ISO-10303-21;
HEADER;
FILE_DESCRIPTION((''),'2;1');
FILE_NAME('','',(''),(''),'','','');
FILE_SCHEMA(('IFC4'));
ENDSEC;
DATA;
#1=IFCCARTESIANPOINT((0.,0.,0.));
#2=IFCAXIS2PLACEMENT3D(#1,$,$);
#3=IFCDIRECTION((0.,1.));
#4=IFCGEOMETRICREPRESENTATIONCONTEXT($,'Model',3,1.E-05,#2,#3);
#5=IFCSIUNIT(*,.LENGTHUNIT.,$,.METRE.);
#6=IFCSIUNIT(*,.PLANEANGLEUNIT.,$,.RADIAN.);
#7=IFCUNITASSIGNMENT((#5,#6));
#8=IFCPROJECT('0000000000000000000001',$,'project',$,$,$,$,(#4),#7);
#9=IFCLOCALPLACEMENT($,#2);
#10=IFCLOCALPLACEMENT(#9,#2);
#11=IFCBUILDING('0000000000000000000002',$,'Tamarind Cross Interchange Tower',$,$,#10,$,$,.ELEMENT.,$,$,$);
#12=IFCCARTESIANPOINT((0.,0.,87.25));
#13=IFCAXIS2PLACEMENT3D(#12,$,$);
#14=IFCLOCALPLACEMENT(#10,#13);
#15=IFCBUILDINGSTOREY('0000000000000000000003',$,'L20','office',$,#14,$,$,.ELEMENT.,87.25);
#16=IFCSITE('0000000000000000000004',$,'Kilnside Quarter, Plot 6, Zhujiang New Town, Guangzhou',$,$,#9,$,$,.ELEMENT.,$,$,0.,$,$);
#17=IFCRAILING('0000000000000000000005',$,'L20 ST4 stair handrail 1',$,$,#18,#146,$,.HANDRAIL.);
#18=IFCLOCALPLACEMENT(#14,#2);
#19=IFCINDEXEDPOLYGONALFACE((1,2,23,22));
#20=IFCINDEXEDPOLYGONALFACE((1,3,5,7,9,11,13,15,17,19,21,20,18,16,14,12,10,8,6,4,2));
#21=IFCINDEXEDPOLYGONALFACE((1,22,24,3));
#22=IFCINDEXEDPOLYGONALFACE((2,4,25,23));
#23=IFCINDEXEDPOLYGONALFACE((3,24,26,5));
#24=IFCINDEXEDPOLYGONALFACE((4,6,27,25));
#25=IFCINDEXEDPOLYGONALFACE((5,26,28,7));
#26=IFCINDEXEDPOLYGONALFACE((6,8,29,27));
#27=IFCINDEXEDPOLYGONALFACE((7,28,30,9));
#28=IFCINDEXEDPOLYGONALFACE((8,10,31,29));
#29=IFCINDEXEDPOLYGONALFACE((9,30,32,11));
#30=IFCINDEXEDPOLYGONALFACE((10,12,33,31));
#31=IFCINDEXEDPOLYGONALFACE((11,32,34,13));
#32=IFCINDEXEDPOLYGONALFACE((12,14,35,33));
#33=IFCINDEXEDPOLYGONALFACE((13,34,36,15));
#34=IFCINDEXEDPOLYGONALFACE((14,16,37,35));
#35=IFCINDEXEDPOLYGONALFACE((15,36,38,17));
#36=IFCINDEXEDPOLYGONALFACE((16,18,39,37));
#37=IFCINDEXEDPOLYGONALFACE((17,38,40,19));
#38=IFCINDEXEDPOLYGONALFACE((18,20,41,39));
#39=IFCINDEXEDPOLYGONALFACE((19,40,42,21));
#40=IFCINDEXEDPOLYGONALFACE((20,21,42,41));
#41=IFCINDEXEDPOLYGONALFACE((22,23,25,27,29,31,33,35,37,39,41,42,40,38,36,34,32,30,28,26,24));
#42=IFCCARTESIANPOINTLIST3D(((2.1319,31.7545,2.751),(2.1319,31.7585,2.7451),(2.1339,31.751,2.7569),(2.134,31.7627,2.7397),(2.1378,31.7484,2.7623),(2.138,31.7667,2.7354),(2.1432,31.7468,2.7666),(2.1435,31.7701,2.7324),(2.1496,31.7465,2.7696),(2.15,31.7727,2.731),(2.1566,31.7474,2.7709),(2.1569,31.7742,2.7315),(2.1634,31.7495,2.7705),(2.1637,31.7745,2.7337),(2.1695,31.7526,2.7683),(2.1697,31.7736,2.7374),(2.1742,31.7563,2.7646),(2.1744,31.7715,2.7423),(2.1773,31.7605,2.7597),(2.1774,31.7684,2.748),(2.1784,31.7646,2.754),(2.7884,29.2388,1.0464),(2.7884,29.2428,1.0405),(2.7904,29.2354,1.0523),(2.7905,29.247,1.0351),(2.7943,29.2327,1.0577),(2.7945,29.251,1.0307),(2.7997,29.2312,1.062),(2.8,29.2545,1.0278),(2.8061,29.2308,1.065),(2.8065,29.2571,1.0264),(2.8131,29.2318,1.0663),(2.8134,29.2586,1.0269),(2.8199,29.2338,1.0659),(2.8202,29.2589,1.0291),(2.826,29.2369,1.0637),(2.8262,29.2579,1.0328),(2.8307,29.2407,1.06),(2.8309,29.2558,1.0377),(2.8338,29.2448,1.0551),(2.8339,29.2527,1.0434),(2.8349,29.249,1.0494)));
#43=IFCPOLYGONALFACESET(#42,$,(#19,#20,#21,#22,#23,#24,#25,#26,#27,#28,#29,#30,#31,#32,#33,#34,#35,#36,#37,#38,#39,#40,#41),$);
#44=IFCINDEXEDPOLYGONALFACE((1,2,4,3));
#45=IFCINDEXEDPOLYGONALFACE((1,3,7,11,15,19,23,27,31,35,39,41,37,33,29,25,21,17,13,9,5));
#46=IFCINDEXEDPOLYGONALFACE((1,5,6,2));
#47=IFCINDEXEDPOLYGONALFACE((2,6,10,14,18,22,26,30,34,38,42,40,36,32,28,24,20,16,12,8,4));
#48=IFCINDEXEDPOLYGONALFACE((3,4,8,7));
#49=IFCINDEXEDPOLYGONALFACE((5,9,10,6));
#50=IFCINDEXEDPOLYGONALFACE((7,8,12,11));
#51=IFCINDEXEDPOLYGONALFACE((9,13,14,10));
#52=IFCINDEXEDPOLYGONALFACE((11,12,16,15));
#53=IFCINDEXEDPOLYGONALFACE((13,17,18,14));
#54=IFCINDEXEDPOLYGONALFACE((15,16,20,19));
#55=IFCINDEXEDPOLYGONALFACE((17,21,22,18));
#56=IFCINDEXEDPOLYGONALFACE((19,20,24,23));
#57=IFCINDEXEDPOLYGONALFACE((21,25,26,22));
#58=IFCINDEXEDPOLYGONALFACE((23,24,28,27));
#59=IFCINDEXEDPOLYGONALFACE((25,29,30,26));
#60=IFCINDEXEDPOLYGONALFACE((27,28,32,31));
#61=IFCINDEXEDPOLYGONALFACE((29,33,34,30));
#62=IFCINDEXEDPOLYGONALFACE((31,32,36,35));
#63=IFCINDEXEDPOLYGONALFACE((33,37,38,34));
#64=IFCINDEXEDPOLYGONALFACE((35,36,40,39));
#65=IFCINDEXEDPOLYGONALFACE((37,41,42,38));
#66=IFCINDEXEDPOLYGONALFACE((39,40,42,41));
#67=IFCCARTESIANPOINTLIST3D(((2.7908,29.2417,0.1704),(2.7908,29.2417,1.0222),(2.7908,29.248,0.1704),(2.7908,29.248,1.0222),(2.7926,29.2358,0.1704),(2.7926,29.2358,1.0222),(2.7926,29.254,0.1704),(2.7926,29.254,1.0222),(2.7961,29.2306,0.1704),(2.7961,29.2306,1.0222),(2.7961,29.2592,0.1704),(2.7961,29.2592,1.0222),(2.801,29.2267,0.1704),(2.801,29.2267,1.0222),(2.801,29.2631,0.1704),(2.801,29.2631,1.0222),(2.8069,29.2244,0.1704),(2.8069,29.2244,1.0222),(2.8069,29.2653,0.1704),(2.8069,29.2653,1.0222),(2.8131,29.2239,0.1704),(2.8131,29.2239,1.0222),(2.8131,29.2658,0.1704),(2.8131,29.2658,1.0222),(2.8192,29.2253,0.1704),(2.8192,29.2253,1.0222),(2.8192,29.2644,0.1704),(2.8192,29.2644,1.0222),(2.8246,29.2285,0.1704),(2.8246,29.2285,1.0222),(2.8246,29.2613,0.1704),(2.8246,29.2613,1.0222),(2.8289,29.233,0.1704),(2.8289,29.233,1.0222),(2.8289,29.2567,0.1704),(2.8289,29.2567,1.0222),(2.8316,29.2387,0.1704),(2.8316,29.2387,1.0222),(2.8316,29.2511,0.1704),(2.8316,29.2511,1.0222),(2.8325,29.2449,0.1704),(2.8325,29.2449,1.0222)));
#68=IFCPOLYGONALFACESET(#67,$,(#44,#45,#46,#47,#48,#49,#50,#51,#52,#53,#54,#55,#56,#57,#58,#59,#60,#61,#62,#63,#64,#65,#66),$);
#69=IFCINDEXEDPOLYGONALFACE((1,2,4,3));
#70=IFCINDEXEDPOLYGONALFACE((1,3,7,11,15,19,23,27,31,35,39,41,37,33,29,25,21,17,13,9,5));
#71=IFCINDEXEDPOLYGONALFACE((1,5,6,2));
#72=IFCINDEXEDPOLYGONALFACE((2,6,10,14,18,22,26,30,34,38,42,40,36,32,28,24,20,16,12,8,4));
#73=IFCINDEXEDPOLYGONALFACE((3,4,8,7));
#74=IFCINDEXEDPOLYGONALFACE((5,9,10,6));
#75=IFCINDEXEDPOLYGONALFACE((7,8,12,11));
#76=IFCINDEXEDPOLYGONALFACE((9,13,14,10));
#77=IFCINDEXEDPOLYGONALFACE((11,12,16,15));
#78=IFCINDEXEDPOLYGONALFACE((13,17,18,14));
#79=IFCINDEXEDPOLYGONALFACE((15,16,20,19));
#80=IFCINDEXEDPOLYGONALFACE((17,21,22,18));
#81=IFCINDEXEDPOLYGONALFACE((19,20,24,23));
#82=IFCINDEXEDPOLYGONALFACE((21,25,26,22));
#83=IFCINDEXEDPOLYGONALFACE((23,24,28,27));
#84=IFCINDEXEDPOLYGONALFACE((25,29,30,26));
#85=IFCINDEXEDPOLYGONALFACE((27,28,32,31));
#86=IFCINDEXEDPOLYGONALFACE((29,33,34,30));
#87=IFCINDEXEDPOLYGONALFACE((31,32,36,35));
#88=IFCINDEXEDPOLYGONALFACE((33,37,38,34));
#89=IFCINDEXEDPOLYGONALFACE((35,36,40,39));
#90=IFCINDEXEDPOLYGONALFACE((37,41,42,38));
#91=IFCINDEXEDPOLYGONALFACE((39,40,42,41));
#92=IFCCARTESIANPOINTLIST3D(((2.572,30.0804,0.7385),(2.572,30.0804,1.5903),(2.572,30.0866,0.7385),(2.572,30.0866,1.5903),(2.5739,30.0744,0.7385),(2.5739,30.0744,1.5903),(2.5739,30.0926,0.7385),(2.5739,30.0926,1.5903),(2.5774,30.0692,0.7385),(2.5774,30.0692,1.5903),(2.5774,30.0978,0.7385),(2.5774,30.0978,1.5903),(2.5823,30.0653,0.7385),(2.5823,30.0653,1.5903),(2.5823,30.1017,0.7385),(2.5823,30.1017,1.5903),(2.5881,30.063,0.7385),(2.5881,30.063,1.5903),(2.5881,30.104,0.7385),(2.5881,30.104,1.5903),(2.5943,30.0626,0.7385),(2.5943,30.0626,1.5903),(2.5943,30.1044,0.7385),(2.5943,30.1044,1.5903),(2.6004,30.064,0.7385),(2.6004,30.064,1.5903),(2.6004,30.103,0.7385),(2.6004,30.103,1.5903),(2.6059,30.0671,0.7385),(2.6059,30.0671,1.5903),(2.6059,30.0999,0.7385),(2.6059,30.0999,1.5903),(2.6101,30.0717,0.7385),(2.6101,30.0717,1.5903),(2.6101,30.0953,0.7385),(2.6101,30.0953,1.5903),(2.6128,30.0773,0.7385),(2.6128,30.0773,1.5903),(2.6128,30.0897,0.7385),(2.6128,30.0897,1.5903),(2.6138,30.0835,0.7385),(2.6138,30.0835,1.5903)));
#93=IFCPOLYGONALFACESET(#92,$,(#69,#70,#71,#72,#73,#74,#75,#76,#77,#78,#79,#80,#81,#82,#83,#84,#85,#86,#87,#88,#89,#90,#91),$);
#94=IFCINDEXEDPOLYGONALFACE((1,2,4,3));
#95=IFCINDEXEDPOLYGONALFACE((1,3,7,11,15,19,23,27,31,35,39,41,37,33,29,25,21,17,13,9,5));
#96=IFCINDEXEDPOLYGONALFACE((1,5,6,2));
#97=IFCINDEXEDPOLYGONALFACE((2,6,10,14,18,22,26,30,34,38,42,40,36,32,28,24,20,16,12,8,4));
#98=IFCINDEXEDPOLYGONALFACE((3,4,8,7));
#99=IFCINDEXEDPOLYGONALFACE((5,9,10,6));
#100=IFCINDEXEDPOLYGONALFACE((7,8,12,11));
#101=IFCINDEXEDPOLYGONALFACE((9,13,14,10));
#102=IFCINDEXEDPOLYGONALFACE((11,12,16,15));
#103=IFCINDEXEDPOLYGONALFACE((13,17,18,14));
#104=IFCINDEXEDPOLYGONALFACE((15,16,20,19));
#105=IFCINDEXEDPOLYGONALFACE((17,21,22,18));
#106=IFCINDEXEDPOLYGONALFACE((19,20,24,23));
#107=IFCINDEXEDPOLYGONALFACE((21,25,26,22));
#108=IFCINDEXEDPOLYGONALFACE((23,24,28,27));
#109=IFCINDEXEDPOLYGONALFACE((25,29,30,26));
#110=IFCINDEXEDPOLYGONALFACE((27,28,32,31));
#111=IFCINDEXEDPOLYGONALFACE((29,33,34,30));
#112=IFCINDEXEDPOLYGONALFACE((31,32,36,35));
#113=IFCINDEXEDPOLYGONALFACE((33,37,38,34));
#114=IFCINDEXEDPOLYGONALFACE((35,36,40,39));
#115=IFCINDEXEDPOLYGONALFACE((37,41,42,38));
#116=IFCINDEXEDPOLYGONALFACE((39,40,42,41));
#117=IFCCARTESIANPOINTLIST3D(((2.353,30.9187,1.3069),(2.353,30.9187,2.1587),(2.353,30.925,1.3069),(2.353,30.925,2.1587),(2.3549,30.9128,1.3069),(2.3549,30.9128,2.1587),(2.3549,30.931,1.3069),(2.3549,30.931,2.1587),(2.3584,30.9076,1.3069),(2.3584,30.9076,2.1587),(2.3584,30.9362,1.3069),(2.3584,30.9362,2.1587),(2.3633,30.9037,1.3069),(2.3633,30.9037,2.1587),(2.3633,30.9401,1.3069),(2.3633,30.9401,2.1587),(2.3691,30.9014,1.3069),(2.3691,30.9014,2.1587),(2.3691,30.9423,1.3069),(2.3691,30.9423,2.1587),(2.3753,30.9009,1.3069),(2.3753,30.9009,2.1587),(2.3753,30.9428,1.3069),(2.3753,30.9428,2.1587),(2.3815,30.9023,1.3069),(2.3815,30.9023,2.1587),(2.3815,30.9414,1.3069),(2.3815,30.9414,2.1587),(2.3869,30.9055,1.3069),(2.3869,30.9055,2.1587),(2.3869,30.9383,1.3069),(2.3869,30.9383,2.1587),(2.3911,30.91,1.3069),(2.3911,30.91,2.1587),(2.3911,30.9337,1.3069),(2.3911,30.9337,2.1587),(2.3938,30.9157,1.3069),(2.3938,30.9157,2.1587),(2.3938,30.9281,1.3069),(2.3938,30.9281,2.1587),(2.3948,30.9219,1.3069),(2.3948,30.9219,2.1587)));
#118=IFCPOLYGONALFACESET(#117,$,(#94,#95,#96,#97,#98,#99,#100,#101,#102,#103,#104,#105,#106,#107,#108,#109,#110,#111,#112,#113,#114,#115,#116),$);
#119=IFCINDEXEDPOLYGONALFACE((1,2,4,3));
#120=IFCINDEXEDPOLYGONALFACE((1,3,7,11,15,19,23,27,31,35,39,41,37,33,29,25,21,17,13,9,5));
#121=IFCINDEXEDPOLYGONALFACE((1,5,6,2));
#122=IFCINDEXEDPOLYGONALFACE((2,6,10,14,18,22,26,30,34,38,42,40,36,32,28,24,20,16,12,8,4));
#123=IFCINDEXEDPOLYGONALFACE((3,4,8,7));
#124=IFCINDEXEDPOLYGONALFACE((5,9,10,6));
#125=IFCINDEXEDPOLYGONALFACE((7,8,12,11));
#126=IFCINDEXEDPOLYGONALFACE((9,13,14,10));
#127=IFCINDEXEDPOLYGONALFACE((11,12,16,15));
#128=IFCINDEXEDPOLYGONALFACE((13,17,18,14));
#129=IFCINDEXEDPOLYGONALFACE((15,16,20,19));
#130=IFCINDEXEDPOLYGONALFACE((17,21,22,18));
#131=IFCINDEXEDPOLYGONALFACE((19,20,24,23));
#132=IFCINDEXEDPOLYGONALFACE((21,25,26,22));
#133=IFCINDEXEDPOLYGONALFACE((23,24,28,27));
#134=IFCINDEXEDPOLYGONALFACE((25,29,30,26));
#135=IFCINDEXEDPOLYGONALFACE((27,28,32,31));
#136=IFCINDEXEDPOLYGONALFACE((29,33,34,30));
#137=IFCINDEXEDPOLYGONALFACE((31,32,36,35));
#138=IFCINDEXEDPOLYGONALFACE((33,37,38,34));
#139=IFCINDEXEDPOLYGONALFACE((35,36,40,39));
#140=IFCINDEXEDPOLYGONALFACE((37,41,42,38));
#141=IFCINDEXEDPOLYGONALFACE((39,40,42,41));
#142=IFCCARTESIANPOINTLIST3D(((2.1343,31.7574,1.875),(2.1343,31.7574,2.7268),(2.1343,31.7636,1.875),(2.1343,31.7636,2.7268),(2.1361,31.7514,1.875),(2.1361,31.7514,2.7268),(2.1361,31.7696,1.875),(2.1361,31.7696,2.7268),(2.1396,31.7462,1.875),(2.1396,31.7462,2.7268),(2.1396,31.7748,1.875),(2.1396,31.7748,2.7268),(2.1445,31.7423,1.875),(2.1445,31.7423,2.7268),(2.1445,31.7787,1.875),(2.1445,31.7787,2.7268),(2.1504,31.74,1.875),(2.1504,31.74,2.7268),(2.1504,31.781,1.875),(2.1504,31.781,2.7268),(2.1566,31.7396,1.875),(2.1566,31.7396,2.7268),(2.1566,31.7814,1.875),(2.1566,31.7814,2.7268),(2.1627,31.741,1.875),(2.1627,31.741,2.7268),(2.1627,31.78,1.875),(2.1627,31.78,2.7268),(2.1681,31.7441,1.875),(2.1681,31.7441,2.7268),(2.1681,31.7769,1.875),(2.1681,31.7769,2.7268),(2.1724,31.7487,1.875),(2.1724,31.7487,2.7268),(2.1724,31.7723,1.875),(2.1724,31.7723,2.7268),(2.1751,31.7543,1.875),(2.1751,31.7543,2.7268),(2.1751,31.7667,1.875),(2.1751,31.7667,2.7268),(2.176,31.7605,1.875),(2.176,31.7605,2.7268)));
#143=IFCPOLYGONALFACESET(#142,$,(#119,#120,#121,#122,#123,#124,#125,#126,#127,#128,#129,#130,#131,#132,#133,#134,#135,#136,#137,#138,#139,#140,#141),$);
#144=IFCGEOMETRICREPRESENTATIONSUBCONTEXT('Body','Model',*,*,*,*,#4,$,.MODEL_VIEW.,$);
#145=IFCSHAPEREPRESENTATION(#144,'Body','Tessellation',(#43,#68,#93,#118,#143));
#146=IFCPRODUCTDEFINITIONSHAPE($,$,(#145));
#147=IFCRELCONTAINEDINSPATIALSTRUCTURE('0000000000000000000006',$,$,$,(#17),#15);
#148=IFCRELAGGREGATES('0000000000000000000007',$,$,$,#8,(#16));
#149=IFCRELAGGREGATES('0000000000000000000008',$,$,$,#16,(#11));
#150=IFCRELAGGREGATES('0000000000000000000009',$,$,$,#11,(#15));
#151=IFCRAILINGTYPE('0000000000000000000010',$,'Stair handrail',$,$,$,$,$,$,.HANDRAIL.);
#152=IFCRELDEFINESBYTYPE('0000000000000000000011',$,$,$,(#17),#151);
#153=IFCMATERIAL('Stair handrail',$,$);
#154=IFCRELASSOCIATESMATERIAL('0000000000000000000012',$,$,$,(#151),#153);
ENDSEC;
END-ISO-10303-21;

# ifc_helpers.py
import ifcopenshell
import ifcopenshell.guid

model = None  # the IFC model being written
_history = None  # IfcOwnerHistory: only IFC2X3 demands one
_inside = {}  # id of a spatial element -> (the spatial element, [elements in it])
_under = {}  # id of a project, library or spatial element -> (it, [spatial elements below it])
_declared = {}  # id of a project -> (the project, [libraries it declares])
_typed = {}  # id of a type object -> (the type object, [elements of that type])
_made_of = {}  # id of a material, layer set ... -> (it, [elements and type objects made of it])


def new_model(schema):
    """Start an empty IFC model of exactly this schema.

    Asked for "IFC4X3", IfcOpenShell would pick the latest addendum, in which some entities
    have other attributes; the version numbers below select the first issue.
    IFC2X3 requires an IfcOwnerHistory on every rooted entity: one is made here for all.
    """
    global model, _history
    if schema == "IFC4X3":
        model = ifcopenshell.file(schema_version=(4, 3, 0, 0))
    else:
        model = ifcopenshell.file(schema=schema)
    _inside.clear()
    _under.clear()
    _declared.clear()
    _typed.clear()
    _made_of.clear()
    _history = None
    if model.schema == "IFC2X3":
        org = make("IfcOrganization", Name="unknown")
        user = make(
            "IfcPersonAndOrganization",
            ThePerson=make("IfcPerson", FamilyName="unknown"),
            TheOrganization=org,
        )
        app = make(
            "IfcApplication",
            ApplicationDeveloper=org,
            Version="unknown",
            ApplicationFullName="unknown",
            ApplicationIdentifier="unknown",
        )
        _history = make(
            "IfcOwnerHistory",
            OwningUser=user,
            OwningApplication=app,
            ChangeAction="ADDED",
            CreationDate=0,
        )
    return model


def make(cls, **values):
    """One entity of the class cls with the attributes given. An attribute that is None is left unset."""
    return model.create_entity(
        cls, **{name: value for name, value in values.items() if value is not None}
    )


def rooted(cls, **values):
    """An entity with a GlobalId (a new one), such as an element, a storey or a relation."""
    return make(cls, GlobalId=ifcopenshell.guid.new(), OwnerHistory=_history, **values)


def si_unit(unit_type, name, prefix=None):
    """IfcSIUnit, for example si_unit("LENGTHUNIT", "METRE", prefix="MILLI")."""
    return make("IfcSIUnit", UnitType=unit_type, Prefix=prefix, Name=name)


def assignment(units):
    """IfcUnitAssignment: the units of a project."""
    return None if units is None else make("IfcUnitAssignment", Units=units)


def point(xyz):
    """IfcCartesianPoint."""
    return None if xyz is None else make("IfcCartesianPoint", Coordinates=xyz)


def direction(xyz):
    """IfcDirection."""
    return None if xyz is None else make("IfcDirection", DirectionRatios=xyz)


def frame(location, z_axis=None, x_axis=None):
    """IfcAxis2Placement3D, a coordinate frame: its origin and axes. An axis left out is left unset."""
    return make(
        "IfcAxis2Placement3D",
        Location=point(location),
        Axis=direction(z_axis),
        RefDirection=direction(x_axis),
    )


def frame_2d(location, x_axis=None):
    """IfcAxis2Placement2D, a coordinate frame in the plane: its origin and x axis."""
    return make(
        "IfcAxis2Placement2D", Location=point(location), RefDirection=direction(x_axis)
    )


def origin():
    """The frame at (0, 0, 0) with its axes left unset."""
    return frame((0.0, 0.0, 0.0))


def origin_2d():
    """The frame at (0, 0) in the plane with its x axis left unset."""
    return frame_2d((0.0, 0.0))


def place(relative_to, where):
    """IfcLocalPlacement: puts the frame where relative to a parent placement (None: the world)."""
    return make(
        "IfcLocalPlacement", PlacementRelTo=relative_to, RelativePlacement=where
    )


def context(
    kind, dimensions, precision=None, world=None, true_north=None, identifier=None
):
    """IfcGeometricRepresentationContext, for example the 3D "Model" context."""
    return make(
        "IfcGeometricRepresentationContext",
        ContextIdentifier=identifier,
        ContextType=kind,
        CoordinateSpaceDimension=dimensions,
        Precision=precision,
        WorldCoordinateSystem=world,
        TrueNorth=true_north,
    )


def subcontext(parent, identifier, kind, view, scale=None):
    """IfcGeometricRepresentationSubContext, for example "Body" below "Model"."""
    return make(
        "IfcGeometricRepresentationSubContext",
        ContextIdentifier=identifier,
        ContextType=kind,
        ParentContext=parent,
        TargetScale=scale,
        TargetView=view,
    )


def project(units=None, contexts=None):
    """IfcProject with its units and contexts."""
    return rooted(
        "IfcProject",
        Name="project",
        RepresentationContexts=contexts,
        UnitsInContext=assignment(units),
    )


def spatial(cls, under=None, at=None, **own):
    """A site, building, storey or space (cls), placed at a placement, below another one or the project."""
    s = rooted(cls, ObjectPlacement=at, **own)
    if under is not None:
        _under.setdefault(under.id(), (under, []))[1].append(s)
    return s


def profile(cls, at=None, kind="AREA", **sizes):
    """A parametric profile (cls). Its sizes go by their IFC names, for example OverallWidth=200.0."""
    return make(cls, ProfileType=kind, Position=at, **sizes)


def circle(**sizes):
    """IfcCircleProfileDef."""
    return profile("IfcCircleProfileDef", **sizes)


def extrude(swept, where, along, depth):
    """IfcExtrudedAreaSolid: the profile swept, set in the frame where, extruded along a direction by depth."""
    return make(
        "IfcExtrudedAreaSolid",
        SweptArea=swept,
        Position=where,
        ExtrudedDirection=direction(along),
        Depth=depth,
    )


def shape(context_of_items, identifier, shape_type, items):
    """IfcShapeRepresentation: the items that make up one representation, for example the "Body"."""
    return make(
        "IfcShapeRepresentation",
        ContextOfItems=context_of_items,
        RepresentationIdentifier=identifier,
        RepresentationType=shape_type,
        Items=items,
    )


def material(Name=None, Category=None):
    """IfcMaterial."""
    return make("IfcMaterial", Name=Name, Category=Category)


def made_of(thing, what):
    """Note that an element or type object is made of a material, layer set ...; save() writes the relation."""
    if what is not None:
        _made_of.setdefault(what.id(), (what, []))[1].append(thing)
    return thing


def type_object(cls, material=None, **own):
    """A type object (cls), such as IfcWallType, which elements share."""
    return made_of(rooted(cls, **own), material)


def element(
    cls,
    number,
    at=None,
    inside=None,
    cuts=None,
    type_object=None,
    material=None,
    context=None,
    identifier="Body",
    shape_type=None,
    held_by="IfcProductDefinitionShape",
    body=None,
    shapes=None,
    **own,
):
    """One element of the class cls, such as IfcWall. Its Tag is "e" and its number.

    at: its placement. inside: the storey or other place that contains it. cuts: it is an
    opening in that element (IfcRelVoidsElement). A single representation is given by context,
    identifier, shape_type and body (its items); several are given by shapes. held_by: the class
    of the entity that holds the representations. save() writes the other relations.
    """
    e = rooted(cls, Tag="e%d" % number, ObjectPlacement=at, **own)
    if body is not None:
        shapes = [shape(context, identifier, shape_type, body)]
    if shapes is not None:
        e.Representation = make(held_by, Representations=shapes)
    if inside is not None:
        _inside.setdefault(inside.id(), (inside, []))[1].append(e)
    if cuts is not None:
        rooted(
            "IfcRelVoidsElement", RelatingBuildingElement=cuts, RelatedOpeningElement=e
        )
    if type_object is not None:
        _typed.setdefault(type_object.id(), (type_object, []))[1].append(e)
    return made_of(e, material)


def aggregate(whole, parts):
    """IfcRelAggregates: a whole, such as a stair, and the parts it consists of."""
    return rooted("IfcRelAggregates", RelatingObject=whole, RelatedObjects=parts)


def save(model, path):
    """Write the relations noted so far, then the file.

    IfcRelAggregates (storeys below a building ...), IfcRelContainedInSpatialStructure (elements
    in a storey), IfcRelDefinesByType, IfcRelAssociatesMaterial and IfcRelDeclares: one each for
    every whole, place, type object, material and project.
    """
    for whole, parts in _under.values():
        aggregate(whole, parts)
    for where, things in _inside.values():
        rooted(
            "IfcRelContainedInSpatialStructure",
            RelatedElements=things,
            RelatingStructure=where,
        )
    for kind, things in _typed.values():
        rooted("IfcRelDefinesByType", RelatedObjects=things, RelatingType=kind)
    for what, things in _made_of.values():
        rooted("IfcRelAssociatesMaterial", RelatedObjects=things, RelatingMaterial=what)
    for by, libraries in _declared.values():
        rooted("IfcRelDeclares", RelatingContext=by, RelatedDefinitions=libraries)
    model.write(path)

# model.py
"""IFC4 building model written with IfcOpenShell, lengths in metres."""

from ifc_helpers import new_model, si_unit, direction, frame, origin, origin_2d, place, context, subcontext, project, spatial, circle, extrude, material, type_object, element, save


model = new_model("IFC4")

# Units and contexts
model_context = context("Model", 3, precision=1e-05, world=origin(), true_north=direction((0.0, 1.0)))
body_context = subcontext(model_context, "Body", "Model", "MODEL_VIEW")
ifc_project = project(units=[si_unit("LENGTHUNIT", "METRE"), si_unit("PLANEANGLEUNIT", "RADIAN")], contexts=[model_context])

# Site, building, storey
site_placement = place(None, origin())
site = spatial("IfcSite", under=ifc_project, at=site_placement, Name="Kilnside Quarter, Plot 6, Zhujiang New Town, Guangzhou", CompositionType="ELEMENT", RefElevation=0.0)
building_placement = place(site_placement, origin())
building = spatial("IfcBuilding", under=site, at=building_placement, Name="Tamarind Cross Interchange Tower", CompositionType="ELEMENT")
storey_placement = place(building_placement, frame((0.0, 0.0, 87.25)))
storey = spatial("IfcBuildingStorey", under=building, at=storey_placement, Name="L20", Description="office", CompositionType="ELEMENT", Elevation=87.25)

# Railing
ifc_material_1 = material(Name="Stair handrail")
railing_type_1 = type_object("IfcRailingType", Name="Stair handrail", PredefinedType="HANDRAIL", material=ifc_material_1)
railing_1_placement = place(storey_placement, frame((2.8115, 29.2449, 0.1704)))
element("IfcRailing", 1, at=railing_1_placement, inside=storey, type_object=railing_type_1, Name="L20 ST4 stair handrail 1", PredefinedType="HANDRAIL", context=body_context, shape_type="SweptSolid", body=[
    extrude(circle(Radius=0.0239, at=origin_2d()), frame((0.0, 0.0, 0.876), z_axis=(-0.211169, 0.809181, 0.548301), x_axis=(-0.967594, -0.25251, 0.0)), (0.0, 0.0, 1.0), 3.1089),
    extrude(circle(Radius=0.021, at=origin_2d()), origin(), (0.0, 0.0, 1.0), 0.8518),
    extrude(circle(Radius=0.021, at=origin_2d()), frame((-0.2188, 0.8386, 0.5681)), (0.0, 0.0, 1.0), 0.8518),
    extrude(circle(Radius=0.021, at=origin_2d()), frame((-0.4377, 1.677, 1.1365)), (0.0, 0.0, 1.0), 0.8518),
    extrude(circle(Radius=0.021, at=origin_2d()), frame((-0.6565, 2.5156, 1.7046)), (0.0, 0.0, 1.0), 0.8518),
])

save(model, "model.ifc")
